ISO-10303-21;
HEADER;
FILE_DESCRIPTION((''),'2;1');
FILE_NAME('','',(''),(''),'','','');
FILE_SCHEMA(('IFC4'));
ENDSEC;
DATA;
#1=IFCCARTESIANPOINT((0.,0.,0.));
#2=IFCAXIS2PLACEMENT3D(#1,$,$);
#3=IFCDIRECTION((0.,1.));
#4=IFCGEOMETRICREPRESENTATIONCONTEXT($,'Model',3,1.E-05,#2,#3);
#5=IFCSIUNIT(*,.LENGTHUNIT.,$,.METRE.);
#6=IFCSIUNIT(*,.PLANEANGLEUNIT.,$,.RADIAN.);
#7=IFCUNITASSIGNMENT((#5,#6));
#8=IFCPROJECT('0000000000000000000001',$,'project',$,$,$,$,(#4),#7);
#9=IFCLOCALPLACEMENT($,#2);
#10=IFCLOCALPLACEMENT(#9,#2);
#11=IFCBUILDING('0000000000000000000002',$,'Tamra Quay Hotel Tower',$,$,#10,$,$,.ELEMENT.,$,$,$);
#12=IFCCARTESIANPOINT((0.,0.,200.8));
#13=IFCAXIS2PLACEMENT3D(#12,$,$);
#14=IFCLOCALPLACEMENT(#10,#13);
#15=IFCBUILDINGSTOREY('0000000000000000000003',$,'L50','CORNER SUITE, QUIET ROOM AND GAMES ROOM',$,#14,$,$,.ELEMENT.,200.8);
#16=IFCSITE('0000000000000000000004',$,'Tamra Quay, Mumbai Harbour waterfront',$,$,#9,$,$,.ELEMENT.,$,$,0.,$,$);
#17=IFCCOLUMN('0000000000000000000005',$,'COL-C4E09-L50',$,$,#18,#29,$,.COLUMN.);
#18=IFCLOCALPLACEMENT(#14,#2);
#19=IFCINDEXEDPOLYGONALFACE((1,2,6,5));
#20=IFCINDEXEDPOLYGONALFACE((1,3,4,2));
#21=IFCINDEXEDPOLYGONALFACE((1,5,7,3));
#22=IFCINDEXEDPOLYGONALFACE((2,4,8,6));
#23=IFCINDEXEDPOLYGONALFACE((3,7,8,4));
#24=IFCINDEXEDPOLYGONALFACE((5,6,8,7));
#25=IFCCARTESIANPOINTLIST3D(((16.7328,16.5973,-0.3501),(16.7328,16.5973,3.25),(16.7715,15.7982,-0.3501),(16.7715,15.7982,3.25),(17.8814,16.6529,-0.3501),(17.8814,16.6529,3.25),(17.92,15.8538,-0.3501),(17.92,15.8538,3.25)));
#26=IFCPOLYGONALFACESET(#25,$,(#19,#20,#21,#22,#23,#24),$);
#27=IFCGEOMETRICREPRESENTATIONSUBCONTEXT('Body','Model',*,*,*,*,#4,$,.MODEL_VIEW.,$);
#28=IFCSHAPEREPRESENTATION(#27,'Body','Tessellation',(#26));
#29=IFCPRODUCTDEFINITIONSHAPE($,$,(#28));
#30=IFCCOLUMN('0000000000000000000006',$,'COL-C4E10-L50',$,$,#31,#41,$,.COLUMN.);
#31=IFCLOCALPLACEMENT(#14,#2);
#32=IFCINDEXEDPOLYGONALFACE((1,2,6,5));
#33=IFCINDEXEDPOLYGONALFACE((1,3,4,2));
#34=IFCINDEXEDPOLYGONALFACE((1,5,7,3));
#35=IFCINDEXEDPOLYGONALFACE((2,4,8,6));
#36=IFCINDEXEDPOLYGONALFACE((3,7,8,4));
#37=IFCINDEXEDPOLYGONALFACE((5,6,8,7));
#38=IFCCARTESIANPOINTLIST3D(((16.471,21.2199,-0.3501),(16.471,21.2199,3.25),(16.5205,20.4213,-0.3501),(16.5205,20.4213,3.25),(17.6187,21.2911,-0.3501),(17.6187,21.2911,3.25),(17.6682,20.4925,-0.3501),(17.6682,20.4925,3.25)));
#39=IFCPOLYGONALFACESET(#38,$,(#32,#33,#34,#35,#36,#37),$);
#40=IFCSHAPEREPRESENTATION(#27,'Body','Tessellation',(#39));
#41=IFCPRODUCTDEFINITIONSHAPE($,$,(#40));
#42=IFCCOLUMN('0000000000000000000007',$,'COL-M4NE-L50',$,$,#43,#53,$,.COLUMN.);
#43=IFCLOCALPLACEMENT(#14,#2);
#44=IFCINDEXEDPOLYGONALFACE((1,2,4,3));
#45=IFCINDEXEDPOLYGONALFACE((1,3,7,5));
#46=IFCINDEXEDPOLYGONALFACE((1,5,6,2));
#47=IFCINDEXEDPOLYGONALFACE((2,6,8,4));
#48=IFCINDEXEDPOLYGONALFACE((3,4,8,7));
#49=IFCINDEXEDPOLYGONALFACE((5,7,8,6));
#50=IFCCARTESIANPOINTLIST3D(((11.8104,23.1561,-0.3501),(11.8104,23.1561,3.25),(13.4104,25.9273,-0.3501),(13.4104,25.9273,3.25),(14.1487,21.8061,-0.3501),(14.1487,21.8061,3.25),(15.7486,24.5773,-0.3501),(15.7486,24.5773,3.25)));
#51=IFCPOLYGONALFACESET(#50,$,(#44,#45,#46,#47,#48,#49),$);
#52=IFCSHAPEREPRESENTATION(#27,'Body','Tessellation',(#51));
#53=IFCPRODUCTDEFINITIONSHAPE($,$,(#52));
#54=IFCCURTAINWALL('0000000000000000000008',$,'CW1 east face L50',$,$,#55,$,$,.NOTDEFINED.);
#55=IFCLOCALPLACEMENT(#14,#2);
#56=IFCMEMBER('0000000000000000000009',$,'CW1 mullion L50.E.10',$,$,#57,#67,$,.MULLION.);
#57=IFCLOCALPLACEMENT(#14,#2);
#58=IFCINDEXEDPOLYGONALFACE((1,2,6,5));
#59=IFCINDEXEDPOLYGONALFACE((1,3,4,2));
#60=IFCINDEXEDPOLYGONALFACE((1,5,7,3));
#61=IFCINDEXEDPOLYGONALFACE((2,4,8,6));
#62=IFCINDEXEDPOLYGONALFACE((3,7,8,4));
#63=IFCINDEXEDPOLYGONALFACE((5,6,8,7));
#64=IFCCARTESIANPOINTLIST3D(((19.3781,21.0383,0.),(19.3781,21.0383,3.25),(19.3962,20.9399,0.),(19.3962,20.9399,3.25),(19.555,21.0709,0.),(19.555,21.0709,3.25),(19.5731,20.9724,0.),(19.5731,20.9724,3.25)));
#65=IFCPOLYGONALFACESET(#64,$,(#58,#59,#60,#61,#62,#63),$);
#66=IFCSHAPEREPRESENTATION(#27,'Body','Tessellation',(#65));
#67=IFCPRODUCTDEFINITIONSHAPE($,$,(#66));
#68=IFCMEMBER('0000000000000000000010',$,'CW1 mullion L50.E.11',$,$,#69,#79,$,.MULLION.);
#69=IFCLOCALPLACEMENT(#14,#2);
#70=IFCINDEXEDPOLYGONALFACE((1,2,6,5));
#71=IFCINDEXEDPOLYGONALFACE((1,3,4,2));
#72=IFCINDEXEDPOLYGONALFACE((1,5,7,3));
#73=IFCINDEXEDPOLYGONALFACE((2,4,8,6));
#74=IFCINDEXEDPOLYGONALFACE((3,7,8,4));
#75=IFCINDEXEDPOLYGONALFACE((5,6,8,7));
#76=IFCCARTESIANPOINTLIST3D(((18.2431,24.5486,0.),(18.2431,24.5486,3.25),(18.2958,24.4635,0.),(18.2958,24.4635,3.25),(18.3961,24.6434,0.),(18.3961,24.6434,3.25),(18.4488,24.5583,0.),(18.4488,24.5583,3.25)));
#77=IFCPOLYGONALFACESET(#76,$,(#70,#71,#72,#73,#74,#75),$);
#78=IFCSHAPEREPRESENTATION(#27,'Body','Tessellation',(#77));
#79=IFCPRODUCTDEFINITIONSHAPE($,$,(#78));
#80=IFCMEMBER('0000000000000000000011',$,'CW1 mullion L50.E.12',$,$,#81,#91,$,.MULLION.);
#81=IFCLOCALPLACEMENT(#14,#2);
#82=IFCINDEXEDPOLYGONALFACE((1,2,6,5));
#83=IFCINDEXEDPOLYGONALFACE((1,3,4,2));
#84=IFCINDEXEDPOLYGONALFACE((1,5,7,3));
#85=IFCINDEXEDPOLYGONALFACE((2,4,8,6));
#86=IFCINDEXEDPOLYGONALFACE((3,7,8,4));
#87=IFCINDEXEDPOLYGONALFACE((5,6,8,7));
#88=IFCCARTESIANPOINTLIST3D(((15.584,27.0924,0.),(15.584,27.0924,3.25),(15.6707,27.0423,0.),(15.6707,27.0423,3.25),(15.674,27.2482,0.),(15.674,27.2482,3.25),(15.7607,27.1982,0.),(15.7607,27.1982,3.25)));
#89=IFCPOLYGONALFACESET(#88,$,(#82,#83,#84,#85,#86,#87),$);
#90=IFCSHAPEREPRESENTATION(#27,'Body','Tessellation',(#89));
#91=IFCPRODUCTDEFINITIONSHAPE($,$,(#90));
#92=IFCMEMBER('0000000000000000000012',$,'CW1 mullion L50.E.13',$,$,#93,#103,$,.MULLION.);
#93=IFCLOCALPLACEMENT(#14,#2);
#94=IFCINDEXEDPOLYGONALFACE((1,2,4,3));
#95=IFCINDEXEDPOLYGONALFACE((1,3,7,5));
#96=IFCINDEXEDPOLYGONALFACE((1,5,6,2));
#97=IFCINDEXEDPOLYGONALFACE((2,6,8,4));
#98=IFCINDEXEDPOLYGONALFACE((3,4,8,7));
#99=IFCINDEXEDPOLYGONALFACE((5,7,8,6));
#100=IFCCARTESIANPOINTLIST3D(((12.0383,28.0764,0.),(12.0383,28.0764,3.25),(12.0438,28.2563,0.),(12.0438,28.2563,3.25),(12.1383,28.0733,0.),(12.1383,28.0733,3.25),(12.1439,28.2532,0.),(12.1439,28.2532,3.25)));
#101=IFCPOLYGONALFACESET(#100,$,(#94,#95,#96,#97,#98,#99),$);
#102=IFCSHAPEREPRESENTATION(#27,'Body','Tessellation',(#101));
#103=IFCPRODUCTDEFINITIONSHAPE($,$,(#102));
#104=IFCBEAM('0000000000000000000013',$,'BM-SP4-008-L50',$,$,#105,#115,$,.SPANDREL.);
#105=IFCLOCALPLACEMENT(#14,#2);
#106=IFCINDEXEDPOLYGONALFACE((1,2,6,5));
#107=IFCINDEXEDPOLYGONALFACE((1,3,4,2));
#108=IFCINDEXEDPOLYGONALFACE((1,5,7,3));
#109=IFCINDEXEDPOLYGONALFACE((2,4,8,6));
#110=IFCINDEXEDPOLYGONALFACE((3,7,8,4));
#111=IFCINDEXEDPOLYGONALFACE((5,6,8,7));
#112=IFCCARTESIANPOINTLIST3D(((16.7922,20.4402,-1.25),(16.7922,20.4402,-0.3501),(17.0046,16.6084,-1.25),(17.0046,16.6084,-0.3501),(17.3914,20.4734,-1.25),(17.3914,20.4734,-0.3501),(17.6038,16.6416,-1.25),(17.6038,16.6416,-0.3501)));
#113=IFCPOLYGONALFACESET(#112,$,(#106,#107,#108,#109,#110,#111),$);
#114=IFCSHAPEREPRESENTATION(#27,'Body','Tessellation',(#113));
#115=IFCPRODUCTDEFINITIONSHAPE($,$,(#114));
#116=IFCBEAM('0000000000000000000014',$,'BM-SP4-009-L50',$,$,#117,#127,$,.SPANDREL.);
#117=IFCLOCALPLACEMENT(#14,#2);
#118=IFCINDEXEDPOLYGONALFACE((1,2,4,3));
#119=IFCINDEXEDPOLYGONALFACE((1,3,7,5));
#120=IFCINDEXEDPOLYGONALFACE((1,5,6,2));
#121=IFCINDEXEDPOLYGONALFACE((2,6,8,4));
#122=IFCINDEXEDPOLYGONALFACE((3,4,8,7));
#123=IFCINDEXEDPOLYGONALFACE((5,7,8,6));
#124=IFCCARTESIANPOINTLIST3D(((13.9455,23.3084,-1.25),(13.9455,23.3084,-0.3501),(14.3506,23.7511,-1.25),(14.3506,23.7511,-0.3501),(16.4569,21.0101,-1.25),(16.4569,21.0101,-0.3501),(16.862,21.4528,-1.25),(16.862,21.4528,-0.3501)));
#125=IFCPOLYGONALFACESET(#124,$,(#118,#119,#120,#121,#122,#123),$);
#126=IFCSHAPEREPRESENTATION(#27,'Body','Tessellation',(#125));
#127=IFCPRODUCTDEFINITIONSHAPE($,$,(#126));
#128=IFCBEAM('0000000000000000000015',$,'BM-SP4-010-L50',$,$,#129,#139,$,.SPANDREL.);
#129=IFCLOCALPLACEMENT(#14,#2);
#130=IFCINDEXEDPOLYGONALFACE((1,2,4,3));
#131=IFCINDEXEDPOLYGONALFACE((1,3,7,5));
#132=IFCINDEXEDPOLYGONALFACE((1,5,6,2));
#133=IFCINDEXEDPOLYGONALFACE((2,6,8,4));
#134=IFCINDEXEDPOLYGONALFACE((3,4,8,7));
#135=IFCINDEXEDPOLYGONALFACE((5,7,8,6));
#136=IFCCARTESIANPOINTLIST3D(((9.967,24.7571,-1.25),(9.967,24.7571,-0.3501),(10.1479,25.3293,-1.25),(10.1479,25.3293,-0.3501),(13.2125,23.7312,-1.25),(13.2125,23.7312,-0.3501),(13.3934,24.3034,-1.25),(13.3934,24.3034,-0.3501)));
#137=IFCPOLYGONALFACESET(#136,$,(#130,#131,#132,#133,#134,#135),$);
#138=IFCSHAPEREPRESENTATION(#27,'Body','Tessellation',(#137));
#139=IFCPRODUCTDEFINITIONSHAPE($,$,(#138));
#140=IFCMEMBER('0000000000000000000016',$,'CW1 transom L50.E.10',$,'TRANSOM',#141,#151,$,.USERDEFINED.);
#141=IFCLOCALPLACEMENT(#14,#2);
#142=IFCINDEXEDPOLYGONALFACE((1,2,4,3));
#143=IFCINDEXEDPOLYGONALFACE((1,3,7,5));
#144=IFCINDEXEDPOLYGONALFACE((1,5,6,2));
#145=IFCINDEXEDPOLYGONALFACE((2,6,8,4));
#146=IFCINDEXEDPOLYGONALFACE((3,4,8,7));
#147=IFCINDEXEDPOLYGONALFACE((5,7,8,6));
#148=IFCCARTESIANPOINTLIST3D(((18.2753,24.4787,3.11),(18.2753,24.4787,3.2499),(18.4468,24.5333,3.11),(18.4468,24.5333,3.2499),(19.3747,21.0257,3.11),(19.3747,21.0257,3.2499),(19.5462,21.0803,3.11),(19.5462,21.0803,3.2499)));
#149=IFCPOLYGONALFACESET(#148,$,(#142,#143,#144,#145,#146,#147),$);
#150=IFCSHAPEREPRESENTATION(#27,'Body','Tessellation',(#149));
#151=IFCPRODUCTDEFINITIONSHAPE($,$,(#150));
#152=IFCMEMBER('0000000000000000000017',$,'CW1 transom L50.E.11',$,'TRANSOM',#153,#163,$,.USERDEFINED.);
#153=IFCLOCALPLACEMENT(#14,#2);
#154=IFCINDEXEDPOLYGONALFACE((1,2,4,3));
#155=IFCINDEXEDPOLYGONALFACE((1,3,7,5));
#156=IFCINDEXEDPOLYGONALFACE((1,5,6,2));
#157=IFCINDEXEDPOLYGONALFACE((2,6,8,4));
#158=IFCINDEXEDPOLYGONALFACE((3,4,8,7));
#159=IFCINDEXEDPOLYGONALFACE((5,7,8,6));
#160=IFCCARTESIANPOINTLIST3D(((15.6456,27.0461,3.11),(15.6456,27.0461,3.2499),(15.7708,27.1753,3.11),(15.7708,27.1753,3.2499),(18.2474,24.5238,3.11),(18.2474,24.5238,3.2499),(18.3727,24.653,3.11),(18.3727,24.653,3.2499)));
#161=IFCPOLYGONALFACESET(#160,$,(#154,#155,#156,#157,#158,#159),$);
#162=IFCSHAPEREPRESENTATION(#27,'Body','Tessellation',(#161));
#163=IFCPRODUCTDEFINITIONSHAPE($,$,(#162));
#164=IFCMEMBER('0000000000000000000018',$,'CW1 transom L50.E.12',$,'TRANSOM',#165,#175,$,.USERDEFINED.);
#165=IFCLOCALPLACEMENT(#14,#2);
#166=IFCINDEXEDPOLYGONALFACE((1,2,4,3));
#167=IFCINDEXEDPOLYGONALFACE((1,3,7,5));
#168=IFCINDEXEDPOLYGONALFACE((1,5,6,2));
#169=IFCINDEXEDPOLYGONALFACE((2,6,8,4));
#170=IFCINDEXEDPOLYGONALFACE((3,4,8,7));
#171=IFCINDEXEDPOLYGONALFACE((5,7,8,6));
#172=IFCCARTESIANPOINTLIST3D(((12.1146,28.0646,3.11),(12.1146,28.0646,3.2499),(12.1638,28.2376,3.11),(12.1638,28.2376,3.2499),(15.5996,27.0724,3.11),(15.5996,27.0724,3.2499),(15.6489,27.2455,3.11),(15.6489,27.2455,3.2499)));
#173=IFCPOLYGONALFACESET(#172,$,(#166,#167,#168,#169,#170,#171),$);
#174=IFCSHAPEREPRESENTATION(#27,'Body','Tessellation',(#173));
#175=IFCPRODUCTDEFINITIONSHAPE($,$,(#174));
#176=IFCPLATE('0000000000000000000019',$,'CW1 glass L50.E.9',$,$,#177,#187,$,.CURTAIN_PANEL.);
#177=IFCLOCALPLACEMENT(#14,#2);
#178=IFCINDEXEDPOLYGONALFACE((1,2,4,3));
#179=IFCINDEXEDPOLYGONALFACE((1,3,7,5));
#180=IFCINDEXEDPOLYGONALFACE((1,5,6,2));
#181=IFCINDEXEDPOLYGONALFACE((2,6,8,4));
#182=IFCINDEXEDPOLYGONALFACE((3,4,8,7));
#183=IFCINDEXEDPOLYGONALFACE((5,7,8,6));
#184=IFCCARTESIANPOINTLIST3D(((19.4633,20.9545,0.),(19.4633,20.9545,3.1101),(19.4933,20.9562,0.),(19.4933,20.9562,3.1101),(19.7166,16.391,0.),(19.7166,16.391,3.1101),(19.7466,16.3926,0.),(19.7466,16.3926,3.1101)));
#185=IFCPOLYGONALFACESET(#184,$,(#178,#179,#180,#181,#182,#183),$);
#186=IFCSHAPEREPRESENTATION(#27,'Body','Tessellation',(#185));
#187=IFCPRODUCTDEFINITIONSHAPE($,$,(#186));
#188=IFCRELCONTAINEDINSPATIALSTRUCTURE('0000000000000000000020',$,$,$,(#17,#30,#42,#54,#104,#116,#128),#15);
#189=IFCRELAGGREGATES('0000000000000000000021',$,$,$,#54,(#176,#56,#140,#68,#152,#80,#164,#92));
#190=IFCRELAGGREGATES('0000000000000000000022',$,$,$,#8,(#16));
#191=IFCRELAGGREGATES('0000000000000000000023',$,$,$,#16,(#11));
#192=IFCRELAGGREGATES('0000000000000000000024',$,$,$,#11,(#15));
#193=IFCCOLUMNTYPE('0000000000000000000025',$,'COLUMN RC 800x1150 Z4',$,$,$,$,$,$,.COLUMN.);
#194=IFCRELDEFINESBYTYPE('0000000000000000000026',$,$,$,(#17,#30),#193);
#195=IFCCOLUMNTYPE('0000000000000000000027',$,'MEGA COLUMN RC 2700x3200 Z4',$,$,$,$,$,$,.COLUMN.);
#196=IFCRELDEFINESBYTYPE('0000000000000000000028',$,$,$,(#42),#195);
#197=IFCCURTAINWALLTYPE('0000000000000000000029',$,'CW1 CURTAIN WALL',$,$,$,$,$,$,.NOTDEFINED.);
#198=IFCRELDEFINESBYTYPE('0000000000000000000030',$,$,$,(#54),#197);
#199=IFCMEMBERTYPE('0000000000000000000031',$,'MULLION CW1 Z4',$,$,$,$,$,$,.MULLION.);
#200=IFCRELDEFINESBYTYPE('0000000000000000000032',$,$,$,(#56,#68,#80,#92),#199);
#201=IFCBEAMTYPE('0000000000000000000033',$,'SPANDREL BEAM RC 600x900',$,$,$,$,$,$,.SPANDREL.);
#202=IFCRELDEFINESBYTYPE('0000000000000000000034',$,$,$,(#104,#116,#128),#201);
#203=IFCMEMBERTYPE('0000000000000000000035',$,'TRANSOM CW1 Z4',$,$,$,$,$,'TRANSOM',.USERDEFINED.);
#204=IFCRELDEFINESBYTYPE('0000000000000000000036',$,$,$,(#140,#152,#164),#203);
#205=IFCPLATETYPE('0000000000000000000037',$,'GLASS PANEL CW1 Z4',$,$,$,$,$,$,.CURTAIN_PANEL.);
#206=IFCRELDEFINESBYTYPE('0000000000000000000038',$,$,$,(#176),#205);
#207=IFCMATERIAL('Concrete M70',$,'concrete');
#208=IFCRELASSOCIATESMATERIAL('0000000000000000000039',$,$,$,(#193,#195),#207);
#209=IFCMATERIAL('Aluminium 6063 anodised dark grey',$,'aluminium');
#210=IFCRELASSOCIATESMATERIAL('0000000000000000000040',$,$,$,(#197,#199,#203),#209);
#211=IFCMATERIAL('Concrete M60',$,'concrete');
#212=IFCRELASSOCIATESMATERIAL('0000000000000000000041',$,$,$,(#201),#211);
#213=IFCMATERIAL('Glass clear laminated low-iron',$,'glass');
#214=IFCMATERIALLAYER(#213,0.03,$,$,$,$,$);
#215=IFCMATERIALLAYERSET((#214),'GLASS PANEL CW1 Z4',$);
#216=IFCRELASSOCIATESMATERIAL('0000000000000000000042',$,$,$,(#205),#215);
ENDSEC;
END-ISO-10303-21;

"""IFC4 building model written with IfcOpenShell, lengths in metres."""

from ifc_helpers import new_model, si_unit, direction, frame, origin, origin_2d, place, context, subcontext, project, spatial, rectangle, extrude, material, layer, layer_set, material_profile, profile_set, type_object, element, aggregate, save


model = new_model("IFC4")

# Units and contexts
model_context = context("Model", 3, precision=1e-05, world=origin(), true_north=direction((0.0, 1.0)))
body_context = subcontext(model_context, "Body", "Model", "MODEL_VIEW")
ifc_project = project(units=[si_unit("LENGTHUNIT", "METRE"), si_unit("PLANEANGLEUNIT", "RADIAN")], contexts=[model_context])

# Site, building, storey
site_placement = place(None, origin())
site = spatial("IfcSite", under=ifc_project, at=site_placement, Name="Tamra Quay, Mumbai Harbour waterfront", CompositionType="ELEMENT", RefElevation=0.0)
building_placement = place(site_placement, origin())
building = spatial("IfcBuilding", under=site, at=building_placement, Name="Tamra Quay Hotel Tower", CompositionType="ELEMENT")
storey_placement = place(building_placement, frame((0.0, 0.0, 200.8)))
storey = spatial("IfcBuildingStorey", under=building, at=storey_placement, Name="L50", Description="CORNER SUITE, QUIET ROOM AND GAMES ROOM", CompositionType="ELEMENT", Elevation=200.8)

# Columns
ifc_material_1 = material(Name="Concrete M70", Category="concrete")
ifc_material_profile_1 = material_profile(ifc_material_1, rectangle(XDim=1.1499, YDim=0.8, at=origin_2d()), Name="COLUMN RC 800x1150 Z4")
ifc_profile_set_1 = profile_set([ifc_material_profile_1], Name="Concrete M70")
column_type_1 = type_object("IfcColumnType", Name="COLUMN RC 800x1150 Z4", PredefinedType="COLUMN", material=ifc_profile_set_1)
for number, where, z_axis, x_axis, name in (
    (1, (17.3264, 16.2256, -0.3501), (0.0, 0.0, 1.0), (0.998831, 0.048344, 0.0), "COL-C4E09-L50"),
    (2, (17.0696, 20.8562, -0.3501), (0.0, 0.0, 1.0), (0.998081, 0.061921, 0.0), "COL-C4E10-L50"),
):
    element("IfcColumn", number, at=place(storey_placement, frame(where, z_axis=z_axis, x_axis=x_axis)), inside=storey, type_object=column_type_1, Name=name, PredefinedType="COLUMN", context=body_context, shape_type="SweptSolid", body=[
        extrude(rectangle(XDim=1.1499, YDim=0.8, at=origin_2d()), origin(), (0.0, 0.0, 1.0), 3.6001),
    ])
ifc_material_profile_2 = material_profile(ifc_material_1, rectangle(XDim=3.2, YDim=2.7, at=origin_2d()), Name="MEGA COLUMN RC 2700x3200 Z4")
ifc_profile_set_2 = profile_set([ifc_material_profile_2], Name="Concrete M70")
column_type_2 = type_object("IfcColumnType", Name="MEGA COLUMN RC 2700x3200 Z4", PredefinedType="COLUMN", material=ifc_profile_set_2)
column_placement = place(storey_placement, frame((13.7795, 23.8667, -0.3501), z_axis=(0.0, 0.0, 1.0), x_axis=(0.5, 0.866025, 0.0)))
element("IfcColumn", 3, at=column_placement, inside=storey, type_object=column_type_2, Name="COL-M4NE-L50", PredefinedType="COLUMN", context=body_context, shape_type="SweptSolid", body=[
    extrude(rectangle(XDim=3.2, YDim=2.7, at=origin_2d()), origin(), (0.0, 0.0, 1.0), 3.6001),
])

# Curtain wall, members
ifc_material_2 = material(Name="Aluminium 6063 anodised dark grey", Category="aluminium")
curtain_wall_type = type_object("IfcCurtainWallType", Name="CW1 CURTAIN WALL", PredefinedType="NOTDEFINED", material=ifc_material_2)
curtain_wall_placement = place(storey_placement, origin())
curtain_wall = element("IfcCurtainWall", 4, at=curtain_wall_placement, inside=storey, type_object=curtain_wall_type, Name="CW1 east face L50", PredefinedType="NOTDEFINED")
ifc_material_profile_3 = material_profile(ifc_material_2, rectangle(XDim=0.1799, YDim=0.1001, at=origin_2d()), Name="MULLION 100X180")
ifc_profile_set_3 = profile_set([ifc_material_profile_3], Name="Aluminium 6063 anodised dark grey")
member_type_1 = type_object("IfcMemberType", Name="MULLION CW1 Z4", PredefinedType="MULLION", material=ifc_profile_set_3)
member_1_placement = place(storey_placement, frame((19.4756, 21.0054, 0.0), z_axis=(0.0, 0.0, 1.0), x_axis=(0.983509, 0.180857, 0.0)))
member_1 = element("IfcMember", 5, at=member_1_placement, type_object=member_type_1, Name="CW1 mullion L50.E.10", PredefinedType="MULLION", context=body_context, shape_type="SweptSolid", body=[
    extrude(rectangle(XDim=0.1799, YDim=0.1001, at=origin_2d()), origin(), (0.0, 0.0, 1.0), 3.25),
])
member_2_placement = place(storey_placement, frame((18.3459, 24.5535, 0.0), z_axis=(0.0, 0.0, 1.0), x_axis=(0.850122, 0.526586, 0.0)))
member_2 = element("IfcMember", 6, at=member_2_placement, type_object=member_type_1, Name="CW1 mullion L50.E.11", PredefinedType="MULLION", context=body_context, shape_type="SweptSolid", body=[
    extrude(rectangle(XDim=0.1799, YDim=0.1001, at=origin_2d()), origin(), (0.0, 0.0, 1.0), 3.25),
])
member_3_placement = place(storey_placement, frame((15.6724, 27.1453, 0.0), z_axis=(0.0, 0.0, 1.0), x_axis=(0.5, 0.866025, 0.0)))
member_3 = element("IfcMember", 7, at=member_3_placement, type_object=member_type_1, Name="CW1 mullion L50.E.12", PredefinedType="MULLION", context=body_context, shape_type="SweptSolid", body=[
    extrude(rectangle(XDim=0.1799, YDim=0.1001, at=origin_2d()), origin(), (0.0, 0.0, 1.0), 3.25),
])
member_4_placement = place(storey_placement, frame((12.0911, 28.1648, 0.0), z_axis=(0.0, 0.0, 1.0), x_axis=(0.030975, 0.99952, 0.0)))
member_4 = element("IfcMember", 8, at=member_4_placement, type_object=member_type_1, Name="CW1 mullion L50.E.13", PredefinedType="MULLION", context=body_context, shape_type="SweptSolid", body=[
    extrude(rectangle(XDim=0.1799, YDim=0.1001, at=origin_2d()), origin(), (0.0, 0.0, 1.0), 3.25),
])

# Beams
ifc_material_3 = material(Name="Concrete M60", Category="concrete")
ifc_material_profile_4 = material_profile(ifc_material_3, rectangle(XDim=0.6001, YDim=0.8999, at=origin_2d()), Name="SPANDREL BEAM RC 600x900")
ifc_profile_set_4 = profile_set([ifc_material_profile_4], Name="Concrete M60")
beam_type = type_object("IfcBeamType", Name="SPANDREL BEAM RC 600x900", PredefinedType="SPANDREL", material=ifc_profile_set_4)
beam_1_placement = place(storey_placement, frame((17.3042, 16.625, -0.8), z_axis=(-0.055347, 0.998467, 0.0), x_axis=(-0.998467, -0.055347, 0.0)))
element("IfcBeam", 9, at=beam_1_placement, inside=storey, type_object=beam_type, Name="BM-SP4-008-L50", PredefinedType="SPANDREL", context=body_context, shape_type="SweptSolid", body=[
    extrude(rectangle(XDim=0.6001, YDim=0.8999, at=origin_2d()), origin(), (0.0, 0.0, 1.0), 3.8376),
])
beam_2_placement = place(storey_placement, frame((16.6594, 21.2314, -0.8), z_axis=(-0.737716, 0.675111, 0.0), x_axis=(-0.675111, -0.737716, 0.0)))
element("IfcBeam", 10, at=beam_2_placement, inside=storey, type_object=beam_type, Name="BM-SP4-009-L50", PredefinedType="SPANDREL", context=body_context, shape_type="SweptSolid", body=[
    extrude(rectangle(XDim=0.6001, YDim=0.8999, at=origin_2d()), origin(), (0.0, 0.0, 1.0), 3.4043),
])
beam_3_placement = place(storey_placement, frame((13.303, 24.0173, -0.8), z_axis=(-0.953502, 0.301385, 0.0), x_axis=(-0.301385, -0.953502, 0.0)))
element("IfcBeam", 11, at=beam_3_placement, inside=storey, type_object=beam_type, Name="BM-SP4-010-L50", PredefinedType="SPANDREL", context=body_context, shape_type="SweptSolid", body=[
    extrude(rectangle(XDim=0.6001, YDim=0.8999, at=origin_2d()), origin(), (0.0, 0.0, 1.0), 3.4038),
])

# Members
ifc_material_profile_5 = material_profile(ifc_material_2, rectangle(XDim=0.1799, YDim=0.1399, at=origin_2d()), Name="TRANSOM 180X140")
ifc_profile_set_5 = profile_set([ifc_material_profile_5], Name="Aluminium 6063 anodised dark grey")
member_type_2 = type_object("IfcMemberType", Name="TRANSOM CW1 Z4", ElementType="TRANSOM", PredefinedType="USERDEFINED", material=ifc_profile_set_5)
member_5_placement = place(storey_placement, frame((19.4604, 21.053, 3.1799), z_axis=(-0.303384, 0.952868, 0.0), x_axis=(-0.952868, -0.303384, 0.0)))
member_5 = element("IfcMember", 12, at=member_5_placement, type_object=member_type_2, Name="CW1 transom L50.E.10", ObjectType="TRANSOM", PredefinedType="USERDEFINED", context=body_context, shape_type="SweptSolid", body=[
    extrude(rectangle(XDim=0.1799, YDim=0.1399, at=origin_2d()), origin(), (0.0, 0.0, 1.0), 3.6238),
])
member_6_placement = place(storey_placement, frame((18.3101, 24.5884, 3.1799), z_axis=(-0.718003, 0.69604, 0.0), x_axis=(-0.69604, -0.718003, 0.0)))
member_6 = element("IfcMember", 13, at=member_6_placement, type_object=member_type_2, Name="CW1 transom L50.E.11", ObjectType="TRANSOM", PredefinedType="USERDEFINED", context=body_context, shape_type="SweptSolid", body=[
    extrude(rectangle(XDim=0.1799, YDim=0.1399, at=origin_2d()), origin(), (0.0, 0.0, 1.0), 3.6238),
])
member_7_placement = place(storey_placement, frame((15.6243, 27.1589, 3.1799), z_axis=(-0.961783, 0.273813, 0.0), x_axis=(-0.273813, -0.961783, 0.0)))
member_7 = element("IfcMember", 14, at=member_7_placement, type_object=member_type_2, Name="CW1 transom L50.E.12", ObjectType="TRANSOM", PredefinedType="USERDEFINED", context=body_context, shape_type="SweptSolid", body=[
    extrude(rectangle(XDim=0.1799, YDim=0.1399, at=origin_2d()), origin(), (0.0, 0.0, 1.0), 3.6235),
])

# Plate
ifc_material_4 = material(Name="Glass clear laminated low-iron", Category="glass")
ifc_layer_1 = layer(ifc_material_4, 0.03)
ifc_layer_set_1 = layer_set([ifc_layer_1], Name="GLASS PANEL CW1 Z4")
plate_type = type_object("IfcPlateType", Name="GLASS PANEL CW1 Z4", PredefinedType="CURTAIN_PANEL", material=ifc_layer_set_1)
plate_1_placement = place(storey_placement, frame((19.605, 18.6736, 0.0), z_axis=(0.0, 0.0, 1.0), x_axis=(-0.055416, 0.998463, 0.0)))
plate_1 = element("IfcPlate", 15, at=plate_1_placement, type_object=plate_type, Name="CW1 glass L50.E.9", PredefinedType="CURTAIN_PANEL", context=body_context, shape_type="SweptSolid", body=[
    extrude(rectangle(XDim=4.5706, YDim=0.03, at=origin_2d()), origin(), (0.0, 0.0, 1.0), 3.1101),
])
aggregate(curtain_wall, [plate_1, member_1, member_5, member_2, member_6, member_3, member_7, member_4])

save(model, "model.ifc")
